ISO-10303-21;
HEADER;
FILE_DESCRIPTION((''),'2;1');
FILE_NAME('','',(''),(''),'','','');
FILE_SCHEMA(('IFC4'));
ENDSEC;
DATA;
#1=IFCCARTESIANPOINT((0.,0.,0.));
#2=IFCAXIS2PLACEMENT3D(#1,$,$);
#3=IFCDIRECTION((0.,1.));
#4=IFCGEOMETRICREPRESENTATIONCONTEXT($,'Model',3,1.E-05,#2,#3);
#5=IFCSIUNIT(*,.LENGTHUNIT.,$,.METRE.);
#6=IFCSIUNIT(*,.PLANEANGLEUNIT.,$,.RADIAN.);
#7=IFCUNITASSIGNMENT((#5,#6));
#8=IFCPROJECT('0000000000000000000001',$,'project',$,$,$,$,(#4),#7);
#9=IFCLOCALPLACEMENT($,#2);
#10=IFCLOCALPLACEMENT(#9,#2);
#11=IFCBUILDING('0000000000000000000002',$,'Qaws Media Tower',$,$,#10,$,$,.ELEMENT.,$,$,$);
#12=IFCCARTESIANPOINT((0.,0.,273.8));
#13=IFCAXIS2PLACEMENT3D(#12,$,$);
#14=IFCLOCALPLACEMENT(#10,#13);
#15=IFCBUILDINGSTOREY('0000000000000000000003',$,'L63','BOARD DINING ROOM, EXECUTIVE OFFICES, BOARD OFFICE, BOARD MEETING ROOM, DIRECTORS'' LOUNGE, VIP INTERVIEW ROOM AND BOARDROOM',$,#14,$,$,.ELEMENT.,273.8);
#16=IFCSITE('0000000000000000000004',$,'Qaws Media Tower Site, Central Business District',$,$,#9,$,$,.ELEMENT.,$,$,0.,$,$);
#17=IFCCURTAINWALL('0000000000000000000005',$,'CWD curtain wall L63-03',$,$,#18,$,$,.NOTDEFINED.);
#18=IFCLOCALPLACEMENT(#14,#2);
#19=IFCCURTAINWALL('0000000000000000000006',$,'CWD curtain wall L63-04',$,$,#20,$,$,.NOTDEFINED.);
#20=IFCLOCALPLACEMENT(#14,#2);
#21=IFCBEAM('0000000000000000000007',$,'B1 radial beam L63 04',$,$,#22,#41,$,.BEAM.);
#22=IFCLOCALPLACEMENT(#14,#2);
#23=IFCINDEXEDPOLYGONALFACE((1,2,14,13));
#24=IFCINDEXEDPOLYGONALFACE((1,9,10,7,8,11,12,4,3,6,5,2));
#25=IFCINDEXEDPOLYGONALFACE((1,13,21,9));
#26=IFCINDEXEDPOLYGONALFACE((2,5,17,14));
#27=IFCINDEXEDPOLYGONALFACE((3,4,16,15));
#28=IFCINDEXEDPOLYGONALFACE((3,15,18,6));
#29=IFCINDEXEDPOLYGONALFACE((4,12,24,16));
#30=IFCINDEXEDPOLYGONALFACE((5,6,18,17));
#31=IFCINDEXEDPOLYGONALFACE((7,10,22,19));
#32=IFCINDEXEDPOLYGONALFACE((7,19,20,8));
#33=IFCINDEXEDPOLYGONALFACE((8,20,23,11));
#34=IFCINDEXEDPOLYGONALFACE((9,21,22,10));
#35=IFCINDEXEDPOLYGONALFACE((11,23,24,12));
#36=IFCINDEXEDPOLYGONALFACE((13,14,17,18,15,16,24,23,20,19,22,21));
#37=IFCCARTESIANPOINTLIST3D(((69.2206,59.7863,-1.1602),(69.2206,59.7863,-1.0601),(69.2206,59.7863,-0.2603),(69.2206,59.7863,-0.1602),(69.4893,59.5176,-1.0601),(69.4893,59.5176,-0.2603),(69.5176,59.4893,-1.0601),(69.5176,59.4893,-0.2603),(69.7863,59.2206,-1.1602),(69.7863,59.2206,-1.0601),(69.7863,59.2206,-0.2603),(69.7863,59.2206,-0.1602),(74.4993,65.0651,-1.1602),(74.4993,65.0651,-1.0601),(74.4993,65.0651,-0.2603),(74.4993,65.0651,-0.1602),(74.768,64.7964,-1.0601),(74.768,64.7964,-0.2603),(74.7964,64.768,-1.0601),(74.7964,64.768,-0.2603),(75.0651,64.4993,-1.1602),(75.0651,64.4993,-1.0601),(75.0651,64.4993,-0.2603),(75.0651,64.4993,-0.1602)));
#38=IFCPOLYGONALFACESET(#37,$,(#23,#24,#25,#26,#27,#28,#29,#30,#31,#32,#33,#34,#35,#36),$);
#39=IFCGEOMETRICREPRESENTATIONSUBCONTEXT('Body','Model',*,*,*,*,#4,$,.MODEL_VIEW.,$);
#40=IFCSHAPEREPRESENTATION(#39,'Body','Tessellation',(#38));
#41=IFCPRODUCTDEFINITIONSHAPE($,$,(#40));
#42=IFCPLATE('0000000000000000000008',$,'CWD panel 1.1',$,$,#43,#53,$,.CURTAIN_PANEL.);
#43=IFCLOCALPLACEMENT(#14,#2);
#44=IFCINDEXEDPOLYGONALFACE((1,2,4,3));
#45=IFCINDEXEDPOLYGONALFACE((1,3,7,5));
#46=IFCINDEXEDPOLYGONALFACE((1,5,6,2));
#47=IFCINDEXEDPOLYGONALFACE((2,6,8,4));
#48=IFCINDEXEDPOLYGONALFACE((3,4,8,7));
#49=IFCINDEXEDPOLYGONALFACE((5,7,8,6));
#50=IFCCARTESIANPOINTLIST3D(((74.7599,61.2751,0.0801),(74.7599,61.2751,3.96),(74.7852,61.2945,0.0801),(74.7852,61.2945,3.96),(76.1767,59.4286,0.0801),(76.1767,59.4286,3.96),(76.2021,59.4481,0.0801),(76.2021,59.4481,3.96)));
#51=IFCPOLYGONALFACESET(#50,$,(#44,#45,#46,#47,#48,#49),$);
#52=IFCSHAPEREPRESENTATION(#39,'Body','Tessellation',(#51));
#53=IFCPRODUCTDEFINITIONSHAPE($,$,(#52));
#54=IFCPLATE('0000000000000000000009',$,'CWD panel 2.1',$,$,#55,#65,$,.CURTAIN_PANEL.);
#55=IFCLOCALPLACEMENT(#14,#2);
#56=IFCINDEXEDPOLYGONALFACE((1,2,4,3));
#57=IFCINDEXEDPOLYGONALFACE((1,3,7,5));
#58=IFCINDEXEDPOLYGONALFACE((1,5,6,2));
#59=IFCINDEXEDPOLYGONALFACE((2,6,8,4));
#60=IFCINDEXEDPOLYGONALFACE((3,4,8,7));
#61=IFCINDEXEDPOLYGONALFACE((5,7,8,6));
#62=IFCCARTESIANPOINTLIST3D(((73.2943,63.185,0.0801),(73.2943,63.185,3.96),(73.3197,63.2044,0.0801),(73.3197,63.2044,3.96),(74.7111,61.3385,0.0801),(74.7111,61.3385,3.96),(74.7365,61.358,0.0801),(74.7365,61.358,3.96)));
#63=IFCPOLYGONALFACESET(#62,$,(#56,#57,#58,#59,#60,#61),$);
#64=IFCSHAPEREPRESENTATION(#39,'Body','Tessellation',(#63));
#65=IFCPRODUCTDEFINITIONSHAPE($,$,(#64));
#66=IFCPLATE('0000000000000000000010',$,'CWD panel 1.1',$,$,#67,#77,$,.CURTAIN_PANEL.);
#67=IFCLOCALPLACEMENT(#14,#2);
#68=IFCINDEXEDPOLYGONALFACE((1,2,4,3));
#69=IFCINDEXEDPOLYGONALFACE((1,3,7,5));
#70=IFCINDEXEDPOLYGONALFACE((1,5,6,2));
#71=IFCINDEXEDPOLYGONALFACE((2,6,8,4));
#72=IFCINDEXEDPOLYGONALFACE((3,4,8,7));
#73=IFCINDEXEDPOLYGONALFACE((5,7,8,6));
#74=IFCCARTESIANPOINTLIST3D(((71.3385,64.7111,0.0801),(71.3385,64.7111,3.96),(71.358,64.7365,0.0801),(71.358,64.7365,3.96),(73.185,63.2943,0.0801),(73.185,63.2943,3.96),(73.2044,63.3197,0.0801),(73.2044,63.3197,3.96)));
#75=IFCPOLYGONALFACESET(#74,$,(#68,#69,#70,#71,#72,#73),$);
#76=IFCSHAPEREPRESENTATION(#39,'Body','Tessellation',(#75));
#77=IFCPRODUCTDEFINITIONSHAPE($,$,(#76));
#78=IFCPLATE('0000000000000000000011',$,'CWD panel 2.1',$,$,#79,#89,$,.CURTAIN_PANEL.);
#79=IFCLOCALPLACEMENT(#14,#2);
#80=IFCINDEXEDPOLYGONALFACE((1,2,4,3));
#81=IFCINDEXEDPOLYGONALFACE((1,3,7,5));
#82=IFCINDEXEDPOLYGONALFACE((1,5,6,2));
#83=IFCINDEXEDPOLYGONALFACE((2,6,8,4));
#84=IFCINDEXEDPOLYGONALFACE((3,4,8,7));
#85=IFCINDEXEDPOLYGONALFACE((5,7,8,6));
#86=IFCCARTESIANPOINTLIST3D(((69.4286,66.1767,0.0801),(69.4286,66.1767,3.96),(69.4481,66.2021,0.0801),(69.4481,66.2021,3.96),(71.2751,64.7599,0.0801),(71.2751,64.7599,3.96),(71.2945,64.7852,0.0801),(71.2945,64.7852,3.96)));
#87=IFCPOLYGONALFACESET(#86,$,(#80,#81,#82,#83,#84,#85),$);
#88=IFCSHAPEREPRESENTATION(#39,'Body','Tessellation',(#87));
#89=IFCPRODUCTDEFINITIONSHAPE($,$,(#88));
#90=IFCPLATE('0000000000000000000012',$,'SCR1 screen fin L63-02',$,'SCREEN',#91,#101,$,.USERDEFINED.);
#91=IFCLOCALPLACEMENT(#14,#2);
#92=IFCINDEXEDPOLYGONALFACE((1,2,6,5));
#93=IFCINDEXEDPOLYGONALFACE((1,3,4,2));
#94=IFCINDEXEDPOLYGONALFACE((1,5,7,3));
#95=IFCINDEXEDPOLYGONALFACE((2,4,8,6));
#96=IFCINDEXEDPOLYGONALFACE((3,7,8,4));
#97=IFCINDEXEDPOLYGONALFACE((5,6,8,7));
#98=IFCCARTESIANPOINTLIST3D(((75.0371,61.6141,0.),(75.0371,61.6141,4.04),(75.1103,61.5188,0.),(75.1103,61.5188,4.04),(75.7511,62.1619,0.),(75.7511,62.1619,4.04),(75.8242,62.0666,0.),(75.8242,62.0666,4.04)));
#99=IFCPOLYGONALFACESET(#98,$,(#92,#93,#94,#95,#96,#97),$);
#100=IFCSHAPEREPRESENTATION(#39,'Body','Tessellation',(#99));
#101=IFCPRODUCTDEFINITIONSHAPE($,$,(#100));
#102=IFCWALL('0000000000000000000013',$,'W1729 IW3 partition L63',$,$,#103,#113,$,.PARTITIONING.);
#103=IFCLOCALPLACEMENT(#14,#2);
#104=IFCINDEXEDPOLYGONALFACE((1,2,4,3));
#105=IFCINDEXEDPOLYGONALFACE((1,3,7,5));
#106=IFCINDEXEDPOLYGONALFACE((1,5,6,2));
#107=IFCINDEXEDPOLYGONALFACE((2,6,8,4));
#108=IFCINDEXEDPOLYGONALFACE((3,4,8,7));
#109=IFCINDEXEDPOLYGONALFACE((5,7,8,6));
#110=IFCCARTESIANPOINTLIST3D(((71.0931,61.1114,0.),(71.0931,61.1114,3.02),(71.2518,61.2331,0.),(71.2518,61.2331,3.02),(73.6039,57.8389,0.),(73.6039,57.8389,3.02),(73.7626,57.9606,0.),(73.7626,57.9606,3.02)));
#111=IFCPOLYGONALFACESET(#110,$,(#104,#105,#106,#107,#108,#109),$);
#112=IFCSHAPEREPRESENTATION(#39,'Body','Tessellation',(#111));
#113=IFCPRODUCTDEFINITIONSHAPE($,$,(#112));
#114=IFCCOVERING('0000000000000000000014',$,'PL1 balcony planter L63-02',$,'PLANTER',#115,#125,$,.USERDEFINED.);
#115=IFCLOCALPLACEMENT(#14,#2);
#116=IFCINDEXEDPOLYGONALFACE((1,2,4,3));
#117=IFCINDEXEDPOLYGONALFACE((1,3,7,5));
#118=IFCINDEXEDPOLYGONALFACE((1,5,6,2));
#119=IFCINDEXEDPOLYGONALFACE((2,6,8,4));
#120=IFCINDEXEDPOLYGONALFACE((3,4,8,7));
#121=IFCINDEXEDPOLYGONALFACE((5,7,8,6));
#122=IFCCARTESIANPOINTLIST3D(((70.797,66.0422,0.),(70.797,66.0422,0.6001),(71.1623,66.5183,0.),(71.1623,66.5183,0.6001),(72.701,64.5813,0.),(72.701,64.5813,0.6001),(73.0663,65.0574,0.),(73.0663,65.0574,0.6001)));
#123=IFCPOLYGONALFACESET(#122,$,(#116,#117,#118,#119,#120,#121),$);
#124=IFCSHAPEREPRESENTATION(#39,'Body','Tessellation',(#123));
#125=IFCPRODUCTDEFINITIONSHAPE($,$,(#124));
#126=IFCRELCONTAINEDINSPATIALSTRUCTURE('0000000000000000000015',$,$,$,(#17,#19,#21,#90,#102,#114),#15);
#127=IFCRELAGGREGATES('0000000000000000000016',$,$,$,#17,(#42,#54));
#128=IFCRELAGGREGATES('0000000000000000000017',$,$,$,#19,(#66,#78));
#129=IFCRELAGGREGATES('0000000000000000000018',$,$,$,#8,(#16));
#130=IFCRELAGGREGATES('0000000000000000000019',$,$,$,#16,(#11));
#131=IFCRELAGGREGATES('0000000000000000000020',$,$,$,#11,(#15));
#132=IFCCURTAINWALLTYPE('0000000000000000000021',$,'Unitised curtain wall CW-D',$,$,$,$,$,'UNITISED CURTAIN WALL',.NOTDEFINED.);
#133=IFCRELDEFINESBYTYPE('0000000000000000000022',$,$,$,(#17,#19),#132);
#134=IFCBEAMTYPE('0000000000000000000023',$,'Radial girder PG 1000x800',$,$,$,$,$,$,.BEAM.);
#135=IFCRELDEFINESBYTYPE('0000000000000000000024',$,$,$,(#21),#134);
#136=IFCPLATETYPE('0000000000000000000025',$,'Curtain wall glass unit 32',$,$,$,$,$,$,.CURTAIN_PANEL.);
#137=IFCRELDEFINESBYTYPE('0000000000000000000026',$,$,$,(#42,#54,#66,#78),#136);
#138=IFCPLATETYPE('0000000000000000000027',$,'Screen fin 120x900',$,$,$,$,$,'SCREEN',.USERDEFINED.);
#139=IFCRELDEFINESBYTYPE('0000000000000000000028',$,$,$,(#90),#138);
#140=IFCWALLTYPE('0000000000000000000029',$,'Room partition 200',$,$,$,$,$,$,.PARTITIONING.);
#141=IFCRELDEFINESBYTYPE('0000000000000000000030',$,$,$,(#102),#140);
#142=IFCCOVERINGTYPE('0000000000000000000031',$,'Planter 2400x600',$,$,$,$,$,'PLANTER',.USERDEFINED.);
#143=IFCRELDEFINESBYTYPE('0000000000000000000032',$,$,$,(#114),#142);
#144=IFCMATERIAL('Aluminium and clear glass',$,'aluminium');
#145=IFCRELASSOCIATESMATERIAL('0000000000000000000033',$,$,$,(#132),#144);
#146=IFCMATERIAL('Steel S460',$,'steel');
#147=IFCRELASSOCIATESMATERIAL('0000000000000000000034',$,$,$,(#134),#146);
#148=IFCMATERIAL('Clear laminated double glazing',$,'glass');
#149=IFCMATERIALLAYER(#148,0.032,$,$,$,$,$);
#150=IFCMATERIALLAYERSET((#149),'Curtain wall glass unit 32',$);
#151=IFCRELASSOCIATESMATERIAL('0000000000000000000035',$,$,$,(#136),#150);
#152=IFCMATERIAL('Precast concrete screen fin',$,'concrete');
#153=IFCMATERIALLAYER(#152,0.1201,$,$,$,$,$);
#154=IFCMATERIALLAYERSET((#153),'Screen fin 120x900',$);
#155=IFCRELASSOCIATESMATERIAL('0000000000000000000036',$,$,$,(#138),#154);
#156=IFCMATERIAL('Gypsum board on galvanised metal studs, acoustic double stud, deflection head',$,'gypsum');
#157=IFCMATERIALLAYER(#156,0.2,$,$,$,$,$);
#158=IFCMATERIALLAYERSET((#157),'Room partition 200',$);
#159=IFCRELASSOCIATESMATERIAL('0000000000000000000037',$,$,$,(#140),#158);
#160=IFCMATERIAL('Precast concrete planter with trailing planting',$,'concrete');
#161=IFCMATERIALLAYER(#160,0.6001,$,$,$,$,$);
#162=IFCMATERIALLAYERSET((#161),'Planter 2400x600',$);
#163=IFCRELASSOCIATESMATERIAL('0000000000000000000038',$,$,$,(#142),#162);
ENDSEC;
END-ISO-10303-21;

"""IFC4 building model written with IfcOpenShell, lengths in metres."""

from ifc_helpers import new_model, si_unit, direction, frame, frame_2d, origin, origin_2d, place, context, subcontext, project, spatial, rectangle, i_section, extrude, material, layer, layer_set, material_profile, profile_set, type_object, element, aggregate, save


model = new_model("IFC4")

# Units and contexts
model_context = context("Model", 3, precision=1e-05, world=origin(), true_north=direction((0.0, 1.0)))
body_context = subcontext(model_context, "Body", "Model", "MODEL_VIEW")
ifc_project = project(units=[si_unit("LENGTHUNIT", "METRE"), si_unit("PLANEANGLEUNIT", "RADIAN")], contexts=[model_context])

# Site, building, storey
site_placement = place(None, origin())
site = spatial("IfcSite", under=ifc_project, at=site_placement, Name="Qaws Media Tower Site, Central Business District", CompositionType="ELEMENT", RefElevation=0.0)
building_placement = place(site_placement, origin())
building = spatial("IfcBuilding", under=site, at=building_placement, Name="Qaws Media Tower", CompositionType="ELEMENT")
storey_placement = place(building_placement, frame((0.0, 0.0, 273.8)))
storey = spatial("IfcBuildingStorey", under=building, at=storey_placement, Name="L63", Description="BOARD DINING ROOM, EXECUTIVE OFFICES, BOARD OFFICE, BOARD MEETING ROOM, DIRECTORS' LOUNGE, VIP INTERVIEW ROOM AND BOARDROOM", CompositionType="ELEMENT", Elevation=273.8)

# Shared definitions
ifc_material_1 = material(Name="Aluminium and clear glass", Category="aluminium")
curtain_wall_type = type_object("IfcCurtainWallType", Name="Unitised curtain wall CW-D", ElementType="UNITISED CURTAIN WALL", PredefinedType="NOTDEFINED", material=ifc_material_1)

# Curtain walls
curtain_wall_1_placement = place(storey_placement, origin())
curtain_wall_1 = element("IfcCurtainWall", 1, at=curtain_wall_1_placement, inside=storey, type_object=curtain_wall_type, Name="CWD curtain wall L63-03", PredefinedType="NOTDEFINED")
curtain_wall_2_placement = place(storey_placement, origin())
curtain_wall_2 = element("IfcCurtainWall", 2, at=curtain_wall_2_placement, inside=storey, type_object=curtain_wall_type, Name="CWD curtain wall L63-04", PredefinedType="NOTDEFINED")

# Beam
ifc_material_2 = material(Name="Steel S460", Category="steel")
ifc_material_profile_1 = material_profile(ifc_material_2, i_section(OverallWidth=0.8, OverallDepth=1.0, WebThickness=0.04, FlangeThickness=0.1001, at=origin_2d()), Name="PG 1000x800")
ifc_profile_set_1 = profile_set([ifc_material_profile_1], Name="Steel S460")
beam_type_1 = type_object("IfcBeamType", Name="Radial girder PG 1000x800", PredefinedType="BEAM", material=ifc_profile_set_1)
beam_1_placement = place(storey_placement, frame((69.5034, 59.5034, -0.6602), z_axis=(0.707107, 0.707107, 0.0), x_axis=(-0.707107, 0.707107, 0.0)))
element("IfcBeam", 3, at=beam_1_placement, inside=storey, type_object=beam_type_1, Name="B1 radial beam L63 04", PredefinedType="BEAM", context=body_context, shape_type="SweptSolid", body=[
    extrude(i_section(OverallWidth=0.8, OverallDepth=1.0, WebThickness=0.04, FlangeThickness=0.1001, at=origin_2d()), origin(), (0.0, 0.0, 1.0), 7.4653),
])

# Plates
ifc_material_3 = material(Name="Clear laminated double glazing", Category="glass")
ifc_layer_1 = layer(ifc_material_3, 0.032)
ifc_layer_set_1 = layer_set([ifc_layer_1], Name="Curtain wall glass unit 32")
plate_type_1 = type_object("IfcPlateType", Name="Curtain wall glass unit 32", PredefinedType="CURTAIN_PANEL", material=ifc_layer_set_1)
plate_1_placement = place(storey_placement, frame((75.481, 60.3616, 0.0801), z_axis=(0.0, 0.0, 1.0), x_axis=(-0.608761, 0.793353, 0.0)))
plate_1 = element("IfcPlate", 4, at=plate_1_placement, type_object=plate_type_1, Name="CWD panel 1.1", PredefinedType="CURTAIN_PANEL", context=body_context, shape_type="SweptSolid", body=[
    extrude(rectangle(XDim=2.3274, YDim=0.032, at=origin_2d()), origin(), (0.0, 0.0, 1.0), 3.8799),
])
plate_2_placement = place(storey_placement, frame((74.0154, 62.2715, 0.0801), z_axis=(0.0, 0.0, 1.0), x_axis=(-0.608761, 0.793353, 0.0)))
plate_2 = element("IfcPlate", 5, at=plate_2_placement, type_object=plate_type_1, Name="CWD panel 2.1", PredefinedType="CURTAIN_PANEL", context=body_context, shape_type="SweptSolid", body=[
    extrude(rectangle(XDim=2.3274, YDim=0.032, at=origin_2d()), origin(), (0.0, 0.0, 1.0), 3.8799),
])
aggregate(curtain_wall_1, [plate_1, plate_2])
plate_3_placement = place(storey_placement, frame((72.2715, 64.0154, 0.0801), z_axis=(0.0, 0.0, 1.0), x_axis=(-0.793353, 0.608761, 0.0)))
plate_3 = element("IfcPlate", 6, at=plate_3_placement, type_object=plate_type_1, Name="CWD panel 1.1", PredefinedType="CURTAIN_PANEL", context=body_context, shape_type="SweptSolid", body=[
    extrude(rectangle(XDim=2.3274, YDim=0.032, at=origin_2d()), origin(), (0.0, 0.0, 1.0), 3.8799),
])
plate_4_placement = place(storey_placement, frame((70.3616, 65.481, 0.0801), z_axis=(0.0, 0.0, 1.0), x_axis=(-0.793353, 0.608761, 0.0)))
plate_4 = element("IfcPlate", 7, at=plate_4_placement, type_object=plate_type_1, Name="CWD panel 2.1", PredefinedType="CURTAIN_PANEL", context=body_context, shape_type="SweptSolid", body=[
    extrude(rectangle(XDim=2.3274, YDim=0.032, at=origin_2d()), origin(), (0.0, 0.0, 1.0), 3.8799),
])
aggregate(curtain_wall_2, [plate_3, plate_4])
ifc_material_4 = material(Name="Precast concrete screen fin", Category="concrete")
ifc_layer_2 = layer(ifc_material_4, 0.1201)
ifc_layer_set_2 = layer_set([ifc_layer_2], Name="Screen fin 120x900")
plate_type_2 = type_object("IfcPlateType", Name="Screen fin 120x900", ElementType="SCREEN", PredefinedType="USERDEFINED", material=ifc_layer_set_2)
plate_5_placement = place(storey_placement, frame((75.4307, 61.8403, 0.0), z_axis=(0.0, 0.0, 1.0), x_axis=(0.793353, 0.608761, 0.0)))
element("IfcPlate", 8, at=plate_5_placement, inside=storey, type_object=plate_type_2, Name="SCR1 screen fin L63-02", ObjectType="SCREEN", PredefinedType="USERDEFINED", context=body_context, shape_type="SweptSolid", body=[
    extrude(rectangle(XDim=0.8999, YDim=0.1201, at=origin_2d()), origin(), (0.0, 0.0, 1.0), 4.04),
])

# Wall
ifc_material_5 = material(Name="Gypsum board on galvanised metal studs, acoustic double stud, deflection head", Category="gypsum")
ifc_layer_3 = layer(ifc_material_5, 0.2)
ifc_layer_set_3 = layer_set([ifc_layer_3], Name="Room partition 200")
wall_type = type_object("IfcWallType", Name="Room partition 200", PredefinedType="PARTITIONING", material=ifc_layer_set_3)
wall_placement = place(storey_placement, frame((71.1724, 61.1724, 0.0), z_axis=(0.0, 0.0, 1.0), x_axis=(0.608715, -0.793389, 0.0)))
element("IfcWall", 9, at=wall_placement, inside=storey, type_object=wall_type, Name="W1729 IW3 partition L63", PredefinedType="PARTITIONING", context=body_context, shape_type="SweptSolid", body=[
    extrude(rectangle(XDim=4.1248, YDim=0.2, at=frame_2d((2.0625, 0.0))), origin(), (0.0, 0.0, 1.0), 3.02),
])

# Covering
ifc_material_6 = material(Name="Precast concrete planter with trailing planting", Category="concrete")
ifc_layer_4 = layer(ifc_material_6, 0.6001)
ifc_layer_set_4 = layer_set([ifc_layer_4], Name="Planter 2400x600")
covering_type = type_object("IfcCoveringType", Name="Planter 2400x600", ElementType="PLANTER", PredefinedType="USERDEFINED", material=ifc_layer_set_4)
covering_placement = place(storey_placement, frame((71.9316, 65.5498, 0.0), z_axis=(0.0, 0.0, 1.0), x_axis=(-0.793353, 0.608761, 0.0)))
element("IfcCovering", 10, at=covering_placement, inside=storey, type_object=covering_type, Name="PL1 balcony planter L63-02", ObjectType="PLANTER", PredefinedType="USERDEFINED", context=body_context, shape_type="SweptSolid", body=[
    extrude(rectangle(XDim=2.3999, YDim=0.6001, at=origin_2d()), origin(), (0.0, 0.0, 1.0), 0.6001),
])

save(model, "model.ifc")
